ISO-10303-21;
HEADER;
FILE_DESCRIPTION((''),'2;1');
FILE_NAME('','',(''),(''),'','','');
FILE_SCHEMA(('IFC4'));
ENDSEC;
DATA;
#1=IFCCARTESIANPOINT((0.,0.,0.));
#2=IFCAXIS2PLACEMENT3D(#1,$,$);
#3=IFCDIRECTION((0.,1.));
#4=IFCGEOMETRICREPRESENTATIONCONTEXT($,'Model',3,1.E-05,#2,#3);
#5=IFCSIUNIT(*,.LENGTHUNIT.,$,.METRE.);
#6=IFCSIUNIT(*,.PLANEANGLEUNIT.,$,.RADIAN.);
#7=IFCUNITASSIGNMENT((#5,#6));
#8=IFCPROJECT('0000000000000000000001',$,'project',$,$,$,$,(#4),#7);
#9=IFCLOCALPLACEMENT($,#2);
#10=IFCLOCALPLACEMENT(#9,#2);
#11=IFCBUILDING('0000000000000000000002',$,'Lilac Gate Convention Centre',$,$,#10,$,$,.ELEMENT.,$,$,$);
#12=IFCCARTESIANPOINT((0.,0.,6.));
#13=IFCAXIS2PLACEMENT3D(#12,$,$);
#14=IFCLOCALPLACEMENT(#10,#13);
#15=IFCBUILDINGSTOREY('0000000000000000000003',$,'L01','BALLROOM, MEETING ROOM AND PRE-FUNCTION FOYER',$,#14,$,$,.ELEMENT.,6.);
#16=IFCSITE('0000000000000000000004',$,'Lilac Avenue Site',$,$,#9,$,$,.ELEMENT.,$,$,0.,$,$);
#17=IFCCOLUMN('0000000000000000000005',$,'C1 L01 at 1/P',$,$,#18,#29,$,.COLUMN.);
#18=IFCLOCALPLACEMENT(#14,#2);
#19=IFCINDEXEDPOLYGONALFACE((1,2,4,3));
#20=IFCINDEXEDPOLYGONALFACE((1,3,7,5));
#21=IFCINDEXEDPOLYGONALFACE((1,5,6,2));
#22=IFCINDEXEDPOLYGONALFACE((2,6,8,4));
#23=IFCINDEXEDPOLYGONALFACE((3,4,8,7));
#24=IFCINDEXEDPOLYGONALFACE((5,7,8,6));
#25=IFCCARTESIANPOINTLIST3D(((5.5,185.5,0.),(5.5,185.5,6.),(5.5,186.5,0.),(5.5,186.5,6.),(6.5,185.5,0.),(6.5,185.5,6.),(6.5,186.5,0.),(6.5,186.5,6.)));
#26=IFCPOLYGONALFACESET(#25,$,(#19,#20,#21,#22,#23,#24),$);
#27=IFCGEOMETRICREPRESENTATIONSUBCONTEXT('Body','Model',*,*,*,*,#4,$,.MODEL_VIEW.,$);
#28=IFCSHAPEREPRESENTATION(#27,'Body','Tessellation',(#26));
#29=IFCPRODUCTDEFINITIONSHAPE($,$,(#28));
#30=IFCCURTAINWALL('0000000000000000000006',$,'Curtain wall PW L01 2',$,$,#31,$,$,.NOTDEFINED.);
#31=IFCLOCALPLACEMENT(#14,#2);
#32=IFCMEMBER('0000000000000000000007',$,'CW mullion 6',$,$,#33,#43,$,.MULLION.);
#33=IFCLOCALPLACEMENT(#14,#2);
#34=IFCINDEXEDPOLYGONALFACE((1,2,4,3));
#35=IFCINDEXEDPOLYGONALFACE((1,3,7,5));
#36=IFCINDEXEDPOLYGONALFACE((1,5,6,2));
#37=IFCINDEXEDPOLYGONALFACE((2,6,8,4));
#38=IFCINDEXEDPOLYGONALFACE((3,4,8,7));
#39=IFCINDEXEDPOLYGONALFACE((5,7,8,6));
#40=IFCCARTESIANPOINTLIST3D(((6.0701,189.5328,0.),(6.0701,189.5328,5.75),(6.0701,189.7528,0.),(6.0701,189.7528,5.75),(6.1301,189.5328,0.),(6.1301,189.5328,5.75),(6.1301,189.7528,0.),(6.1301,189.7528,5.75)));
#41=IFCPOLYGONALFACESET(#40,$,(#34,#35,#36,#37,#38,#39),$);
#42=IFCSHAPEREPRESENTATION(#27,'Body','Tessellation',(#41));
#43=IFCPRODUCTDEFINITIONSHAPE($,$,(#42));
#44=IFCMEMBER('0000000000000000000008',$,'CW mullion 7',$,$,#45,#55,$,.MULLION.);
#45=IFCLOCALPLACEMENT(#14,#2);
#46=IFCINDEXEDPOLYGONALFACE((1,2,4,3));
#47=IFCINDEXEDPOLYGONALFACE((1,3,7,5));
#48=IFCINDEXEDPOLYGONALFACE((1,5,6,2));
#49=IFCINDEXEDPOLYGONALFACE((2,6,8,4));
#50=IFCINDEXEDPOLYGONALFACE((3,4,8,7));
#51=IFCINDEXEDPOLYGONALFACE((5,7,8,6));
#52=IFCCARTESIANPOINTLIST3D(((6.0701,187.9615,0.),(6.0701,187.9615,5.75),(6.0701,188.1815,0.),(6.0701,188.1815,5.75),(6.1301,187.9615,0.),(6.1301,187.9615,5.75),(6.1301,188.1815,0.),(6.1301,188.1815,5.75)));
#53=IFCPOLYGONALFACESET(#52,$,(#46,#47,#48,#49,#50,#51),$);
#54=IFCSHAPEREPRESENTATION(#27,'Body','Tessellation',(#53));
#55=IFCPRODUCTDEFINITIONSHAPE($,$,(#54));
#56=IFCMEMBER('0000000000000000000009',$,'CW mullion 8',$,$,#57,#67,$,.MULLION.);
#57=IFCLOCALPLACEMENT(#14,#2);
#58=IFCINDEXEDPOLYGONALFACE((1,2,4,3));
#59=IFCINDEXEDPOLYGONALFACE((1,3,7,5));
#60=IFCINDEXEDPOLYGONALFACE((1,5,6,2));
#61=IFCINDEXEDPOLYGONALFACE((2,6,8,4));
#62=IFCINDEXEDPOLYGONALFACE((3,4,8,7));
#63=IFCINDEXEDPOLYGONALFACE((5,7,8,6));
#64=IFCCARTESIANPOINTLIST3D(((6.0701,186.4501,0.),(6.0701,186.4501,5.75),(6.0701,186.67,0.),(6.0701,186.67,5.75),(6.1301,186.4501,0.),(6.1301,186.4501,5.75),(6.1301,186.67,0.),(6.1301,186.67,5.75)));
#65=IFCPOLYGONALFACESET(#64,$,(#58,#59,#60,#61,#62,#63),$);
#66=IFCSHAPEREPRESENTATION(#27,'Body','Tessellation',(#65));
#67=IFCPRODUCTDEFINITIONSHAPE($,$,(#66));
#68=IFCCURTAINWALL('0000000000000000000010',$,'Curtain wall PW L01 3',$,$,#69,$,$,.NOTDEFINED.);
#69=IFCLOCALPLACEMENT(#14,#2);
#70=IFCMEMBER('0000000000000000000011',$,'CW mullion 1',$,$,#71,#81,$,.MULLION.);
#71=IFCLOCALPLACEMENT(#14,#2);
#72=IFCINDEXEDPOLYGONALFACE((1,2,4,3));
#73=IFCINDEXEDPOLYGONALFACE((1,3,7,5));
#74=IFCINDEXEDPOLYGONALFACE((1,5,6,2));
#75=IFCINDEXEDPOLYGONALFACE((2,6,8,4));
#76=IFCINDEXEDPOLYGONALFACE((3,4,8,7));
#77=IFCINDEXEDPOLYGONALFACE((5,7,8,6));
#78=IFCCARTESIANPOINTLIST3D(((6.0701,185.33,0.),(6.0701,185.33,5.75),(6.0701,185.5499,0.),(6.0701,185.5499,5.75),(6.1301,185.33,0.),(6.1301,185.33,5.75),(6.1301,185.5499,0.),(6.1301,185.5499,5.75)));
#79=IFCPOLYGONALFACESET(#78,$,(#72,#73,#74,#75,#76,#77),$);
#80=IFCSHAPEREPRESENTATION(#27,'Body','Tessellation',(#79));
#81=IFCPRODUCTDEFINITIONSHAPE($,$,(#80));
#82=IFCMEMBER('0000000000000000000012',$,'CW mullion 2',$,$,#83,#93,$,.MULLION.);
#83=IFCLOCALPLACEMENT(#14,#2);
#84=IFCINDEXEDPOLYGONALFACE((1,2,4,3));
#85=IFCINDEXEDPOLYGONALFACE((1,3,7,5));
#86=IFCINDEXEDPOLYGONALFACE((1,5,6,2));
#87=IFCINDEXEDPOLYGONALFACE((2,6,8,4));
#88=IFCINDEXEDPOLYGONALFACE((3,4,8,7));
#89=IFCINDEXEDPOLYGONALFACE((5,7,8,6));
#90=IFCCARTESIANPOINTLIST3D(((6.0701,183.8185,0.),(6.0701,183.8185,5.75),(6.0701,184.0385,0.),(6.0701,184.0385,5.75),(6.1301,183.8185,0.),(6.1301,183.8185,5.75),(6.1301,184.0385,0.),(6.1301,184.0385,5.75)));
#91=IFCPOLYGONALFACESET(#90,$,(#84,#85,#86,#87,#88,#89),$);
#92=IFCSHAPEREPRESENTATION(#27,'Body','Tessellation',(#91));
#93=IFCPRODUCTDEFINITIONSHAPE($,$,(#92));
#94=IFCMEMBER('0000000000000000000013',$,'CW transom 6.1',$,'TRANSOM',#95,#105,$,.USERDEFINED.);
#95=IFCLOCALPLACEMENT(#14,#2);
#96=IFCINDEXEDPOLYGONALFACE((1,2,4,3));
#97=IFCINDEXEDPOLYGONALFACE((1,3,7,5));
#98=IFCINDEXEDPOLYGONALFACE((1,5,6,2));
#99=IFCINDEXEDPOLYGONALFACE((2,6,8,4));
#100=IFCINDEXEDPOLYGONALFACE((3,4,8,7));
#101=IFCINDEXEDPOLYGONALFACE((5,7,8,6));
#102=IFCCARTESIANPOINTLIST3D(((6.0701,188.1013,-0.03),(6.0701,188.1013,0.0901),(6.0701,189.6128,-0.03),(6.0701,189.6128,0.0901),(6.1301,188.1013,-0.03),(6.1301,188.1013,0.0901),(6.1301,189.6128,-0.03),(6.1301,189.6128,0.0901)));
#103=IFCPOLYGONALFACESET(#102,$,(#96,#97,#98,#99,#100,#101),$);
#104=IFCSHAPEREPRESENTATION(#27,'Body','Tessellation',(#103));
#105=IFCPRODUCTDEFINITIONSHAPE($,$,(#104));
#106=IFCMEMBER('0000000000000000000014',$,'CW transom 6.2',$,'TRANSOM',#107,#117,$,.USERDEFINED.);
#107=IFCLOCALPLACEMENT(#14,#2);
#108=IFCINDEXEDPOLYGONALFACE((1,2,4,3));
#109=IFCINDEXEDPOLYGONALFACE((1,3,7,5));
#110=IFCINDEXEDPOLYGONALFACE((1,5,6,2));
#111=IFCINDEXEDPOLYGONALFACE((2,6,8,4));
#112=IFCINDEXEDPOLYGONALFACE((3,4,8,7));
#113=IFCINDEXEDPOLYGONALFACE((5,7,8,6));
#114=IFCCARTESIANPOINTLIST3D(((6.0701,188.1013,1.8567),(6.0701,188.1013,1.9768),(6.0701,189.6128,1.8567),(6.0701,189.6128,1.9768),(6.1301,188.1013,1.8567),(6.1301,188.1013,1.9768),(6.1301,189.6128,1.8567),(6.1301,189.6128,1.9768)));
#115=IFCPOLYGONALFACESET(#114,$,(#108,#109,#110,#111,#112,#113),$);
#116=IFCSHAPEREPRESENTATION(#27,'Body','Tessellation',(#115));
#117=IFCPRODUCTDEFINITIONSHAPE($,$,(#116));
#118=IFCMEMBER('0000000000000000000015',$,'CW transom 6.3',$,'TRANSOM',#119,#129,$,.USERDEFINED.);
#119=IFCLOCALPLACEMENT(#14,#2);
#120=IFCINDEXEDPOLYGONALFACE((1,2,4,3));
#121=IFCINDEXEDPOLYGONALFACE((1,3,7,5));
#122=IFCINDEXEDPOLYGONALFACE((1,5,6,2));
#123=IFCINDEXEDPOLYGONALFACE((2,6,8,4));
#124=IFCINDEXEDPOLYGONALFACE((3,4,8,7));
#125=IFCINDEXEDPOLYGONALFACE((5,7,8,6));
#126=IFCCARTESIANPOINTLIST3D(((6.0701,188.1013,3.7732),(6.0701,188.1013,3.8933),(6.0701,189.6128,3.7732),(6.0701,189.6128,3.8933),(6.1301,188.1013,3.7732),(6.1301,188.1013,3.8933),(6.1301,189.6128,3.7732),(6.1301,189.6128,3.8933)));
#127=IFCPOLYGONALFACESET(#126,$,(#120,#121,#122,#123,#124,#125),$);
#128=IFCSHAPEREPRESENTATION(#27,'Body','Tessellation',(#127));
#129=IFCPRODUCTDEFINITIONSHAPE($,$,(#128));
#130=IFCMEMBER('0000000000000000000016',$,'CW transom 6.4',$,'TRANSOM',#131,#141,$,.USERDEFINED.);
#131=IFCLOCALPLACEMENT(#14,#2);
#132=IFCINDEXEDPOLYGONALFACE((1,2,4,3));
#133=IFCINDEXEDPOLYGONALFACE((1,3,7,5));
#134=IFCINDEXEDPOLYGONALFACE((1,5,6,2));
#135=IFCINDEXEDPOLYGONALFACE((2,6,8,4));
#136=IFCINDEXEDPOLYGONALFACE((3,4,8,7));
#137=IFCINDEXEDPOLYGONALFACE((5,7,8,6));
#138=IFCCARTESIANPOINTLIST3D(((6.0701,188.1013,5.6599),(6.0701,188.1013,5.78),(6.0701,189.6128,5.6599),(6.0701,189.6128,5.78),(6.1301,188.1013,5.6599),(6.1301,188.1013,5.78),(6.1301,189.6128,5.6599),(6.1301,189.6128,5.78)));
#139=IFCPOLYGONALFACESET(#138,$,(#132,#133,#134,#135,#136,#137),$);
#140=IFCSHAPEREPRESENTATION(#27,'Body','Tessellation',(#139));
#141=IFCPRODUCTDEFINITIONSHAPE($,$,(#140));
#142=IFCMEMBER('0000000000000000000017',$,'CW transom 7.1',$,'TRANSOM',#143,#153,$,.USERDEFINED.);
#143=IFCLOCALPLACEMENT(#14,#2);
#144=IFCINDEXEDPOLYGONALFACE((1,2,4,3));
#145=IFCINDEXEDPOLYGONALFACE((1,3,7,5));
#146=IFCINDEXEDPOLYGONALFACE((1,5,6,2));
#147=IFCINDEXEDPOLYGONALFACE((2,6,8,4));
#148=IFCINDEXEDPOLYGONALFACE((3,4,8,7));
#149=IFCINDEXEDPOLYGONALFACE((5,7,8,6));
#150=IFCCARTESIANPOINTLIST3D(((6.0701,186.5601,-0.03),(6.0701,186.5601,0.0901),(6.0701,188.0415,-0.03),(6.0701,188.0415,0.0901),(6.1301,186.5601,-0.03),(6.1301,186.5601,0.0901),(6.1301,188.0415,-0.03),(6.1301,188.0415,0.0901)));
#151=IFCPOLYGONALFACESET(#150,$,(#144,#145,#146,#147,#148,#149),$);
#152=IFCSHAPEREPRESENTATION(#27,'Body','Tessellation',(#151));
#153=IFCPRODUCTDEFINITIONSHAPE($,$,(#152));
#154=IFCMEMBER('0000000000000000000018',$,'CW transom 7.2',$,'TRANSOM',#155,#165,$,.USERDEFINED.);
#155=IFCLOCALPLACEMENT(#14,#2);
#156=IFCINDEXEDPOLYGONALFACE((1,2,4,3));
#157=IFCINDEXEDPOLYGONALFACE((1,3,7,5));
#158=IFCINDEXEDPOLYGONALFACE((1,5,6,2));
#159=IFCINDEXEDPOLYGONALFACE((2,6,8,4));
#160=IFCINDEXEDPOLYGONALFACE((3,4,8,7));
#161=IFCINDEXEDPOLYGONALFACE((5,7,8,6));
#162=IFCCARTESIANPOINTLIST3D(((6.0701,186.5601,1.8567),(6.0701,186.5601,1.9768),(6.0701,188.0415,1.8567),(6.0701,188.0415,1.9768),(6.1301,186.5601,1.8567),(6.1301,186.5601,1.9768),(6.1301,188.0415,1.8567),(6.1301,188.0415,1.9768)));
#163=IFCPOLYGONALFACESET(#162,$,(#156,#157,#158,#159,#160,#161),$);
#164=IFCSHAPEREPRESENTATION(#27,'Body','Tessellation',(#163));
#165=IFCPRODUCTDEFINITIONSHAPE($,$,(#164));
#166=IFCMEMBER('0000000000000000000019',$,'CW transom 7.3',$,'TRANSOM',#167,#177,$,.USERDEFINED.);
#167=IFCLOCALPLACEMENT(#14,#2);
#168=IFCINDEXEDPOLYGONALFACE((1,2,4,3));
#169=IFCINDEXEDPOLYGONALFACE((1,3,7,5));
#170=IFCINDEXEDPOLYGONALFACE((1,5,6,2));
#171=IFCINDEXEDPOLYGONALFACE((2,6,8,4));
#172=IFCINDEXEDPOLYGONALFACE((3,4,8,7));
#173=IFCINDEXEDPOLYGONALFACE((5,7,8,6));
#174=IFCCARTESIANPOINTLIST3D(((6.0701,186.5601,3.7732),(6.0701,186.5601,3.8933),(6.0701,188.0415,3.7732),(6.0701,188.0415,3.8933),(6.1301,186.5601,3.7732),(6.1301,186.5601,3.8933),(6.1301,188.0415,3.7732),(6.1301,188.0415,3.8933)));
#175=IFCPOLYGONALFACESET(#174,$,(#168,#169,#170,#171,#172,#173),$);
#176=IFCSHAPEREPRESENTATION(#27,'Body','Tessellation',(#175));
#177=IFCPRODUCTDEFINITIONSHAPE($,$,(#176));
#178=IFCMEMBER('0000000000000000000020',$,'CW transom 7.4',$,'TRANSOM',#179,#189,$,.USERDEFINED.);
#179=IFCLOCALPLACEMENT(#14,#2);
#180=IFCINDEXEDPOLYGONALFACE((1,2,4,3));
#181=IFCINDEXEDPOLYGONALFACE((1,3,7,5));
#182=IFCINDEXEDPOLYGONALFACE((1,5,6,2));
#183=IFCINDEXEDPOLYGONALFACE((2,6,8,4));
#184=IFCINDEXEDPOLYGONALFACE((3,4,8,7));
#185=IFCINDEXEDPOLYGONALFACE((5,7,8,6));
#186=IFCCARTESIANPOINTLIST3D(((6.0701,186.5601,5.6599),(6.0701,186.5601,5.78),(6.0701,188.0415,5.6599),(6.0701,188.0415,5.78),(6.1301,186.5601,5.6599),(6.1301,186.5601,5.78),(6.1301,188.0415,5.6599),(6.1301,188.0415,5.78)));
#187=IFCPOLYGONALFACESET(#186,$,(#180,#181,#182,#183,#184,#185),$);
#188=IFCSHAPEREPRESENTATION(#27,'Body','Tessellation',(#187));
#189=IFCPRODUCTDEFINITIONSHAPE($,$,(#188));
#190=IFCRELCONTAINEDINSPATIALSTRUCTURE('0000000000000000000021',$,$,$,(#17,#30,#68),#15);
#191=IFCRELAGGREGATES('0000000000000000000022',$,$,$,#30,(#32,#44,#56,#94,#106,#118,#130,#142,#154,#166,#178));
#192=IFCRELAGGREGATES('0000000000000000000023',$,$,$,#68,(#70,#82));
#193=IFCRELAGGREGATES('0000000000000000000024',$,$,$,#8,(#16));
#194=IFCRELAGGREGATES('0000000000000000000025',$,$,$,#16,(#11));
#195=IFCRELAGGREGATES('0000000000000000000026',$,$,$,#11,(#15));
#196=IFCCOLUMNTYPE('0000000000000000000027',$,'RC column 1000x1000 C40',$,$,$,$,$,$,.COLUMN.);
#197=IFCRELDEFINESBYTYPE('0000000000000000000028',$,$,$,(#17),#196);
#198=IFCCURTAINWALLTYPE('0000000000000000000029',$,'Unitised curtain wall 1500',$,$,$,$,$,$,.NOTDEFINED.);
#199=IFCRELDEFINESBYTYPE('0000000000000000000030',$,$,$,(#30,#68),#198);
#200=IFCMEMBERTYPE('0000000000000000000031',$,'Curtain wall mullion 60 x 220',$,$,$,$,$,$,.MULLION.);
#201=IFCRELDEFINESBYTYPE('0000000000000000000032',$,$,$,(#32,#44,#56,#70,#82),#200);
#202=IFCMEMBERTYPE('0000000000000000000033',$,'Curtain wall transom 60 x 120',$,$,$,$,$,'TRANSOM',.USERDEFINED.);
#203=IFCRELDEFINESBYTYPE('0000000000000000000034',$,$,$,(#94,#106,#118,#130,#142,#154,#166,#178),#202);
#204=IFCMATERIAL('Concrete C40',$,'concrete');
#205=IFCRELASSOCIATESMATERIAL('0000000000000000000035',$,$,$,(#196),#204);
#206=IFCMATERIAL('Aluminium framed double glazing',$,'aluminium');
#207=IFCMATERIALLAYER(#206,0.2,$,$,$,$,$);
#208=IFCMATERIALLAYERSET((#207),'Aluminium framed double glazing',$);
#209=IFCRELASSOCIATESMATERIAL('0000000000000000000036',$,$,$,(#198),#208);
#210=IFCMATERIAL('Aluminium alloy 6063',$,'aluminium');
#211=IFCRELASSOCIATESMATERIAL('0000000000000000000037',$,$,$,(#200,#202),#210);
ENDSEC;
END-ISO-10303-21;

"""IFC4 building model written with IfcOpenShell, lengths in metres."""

from ifc_helpers import new_model, si_unit, direction, frame, origin, origin_2d, place, context, subcontext, project, spatial, rectangle, extrude, material, layer, layer_set, material_profile, profile_set, type_object, element, aggregate, save


model = new_model("IFC4")

# Units and contexts
model_context = context("Model", 3, precision=1e-05, world=origin(), true_north=direction((0.0, 1.0)))
body_context = subcontext(model_context, "Body", "Model", "MODEL_VIEW")
ifc_project = project(units=[si_unit("LENGTHUNIT", "METRE"), si_unit("PLANEANGLEUNIT", "RADIAN")], contexts=[model_context])

# Site, building, storey
site_placement = place(None, origin())
site = spatial("IfcSite", under=ifc_project, at=site_placement, Name="Lilac Avenue Site", CompositionType="ELEMENT", RefElevation=0.0)
building_placement = place(site_placement, origin())
building = spatial("IfcBuilding", under=site, at=building_placement, Name="Lilac Gate Convention Centre", CompositionType="ELEMENT")
storey_placement = place(building_placement, frame((0.0, 0.0, 6.0)))
storey = spatial("IfcBuildingStorey", under=building, at=storey_placement, Name="L01", Description="BALLROOM, MEETING ROOM AND PRE-FUNCTION FOYER", CompositionType="ELEMENT", Elevation=6.0)

# Column
ifc_material_1 = material(Name="Concrete C40", Category="concrete")
ifc_material_profile_1 = material_profile(ifc_material_1, rectangle(XDim=1.0, YDim=1.0, at=origin_2d()), Name="RC 1000x1000")
ifc_profile_set_1 = profile_set([ifc_material_profile_1], Name="Concrete C40")
column_type = type_object("IfcColumnType", Name="RC column 1000x1000 C40", PredefinedType="COLUMN", material=ifc_profile_set_1)
column_placement = place(storey_placement, frame((6.0, 186.0, 0.0), z_axis=(0.0, 0.0, 1.0), x_axis=(1.0, 0.0, 0.0)))
element("IfcColumn", 1, at=column_placement, inside=storey, type_object=column_type, Name="C1 L01 at 1/P", PredefinedType="COLUMN", context=body_context, shape_type="SweptSolid", body=[
    extrude(rectangle(XDim=1.0, YDim=1.0, at=origin_2d()), origin(), (0.0, 0.0, 1.0), 6.0),
])

# Curtain walls, members
ifc_material_2 = material(Name="Aluminium framed double glazing", Category="aluminium")
ifc_layer_1 = layer(ifc_material_2, 0.2)
ifc_layer_set_1 = layer_set([ifc_layer_1], Name="Aluminium framed double glazing")
curtain_wall_type = type_object("IfcCurtainWallType", Name="Unitised curtain wall 1500", PredefinedType="NOTDEFINED", material=ifc_layer_set_1)
curtain_wall_1_placement = place(storey_placement, origin())
curtain_wall_1 = element("IfcCurtainWall", 2, at=curtain_wall_1_placement, inside=storey, type_object=curtain_wall_type, Name="Curtain wall PW L01 2", PredefinedType="NOTDEFINED")
ifc_material_3 = material(Name="Aluminium alloy 6063", Category="aluminium")
ifc_material_profile_2 = material_profile(ifc_material_3, rectangle(XDim=0.0601, YDim=0.22, at=origin_2d()), Name="Curtain wall mullion 60 x 220")
ifc_profile_set_2 = profile_set([ifc_material_profile_2], Name="Aluminium alloy 6063")
member_type_1 = type_object("IfcMemberType", Name="Curtain wall mullion 60 x 220", PredefinedType="MULLION", material=ifc_profile_set_2)
member_1_placement = place(storey_placement, frame((6.1001, 189.6428, 0.0), z_axis=(0.0, 0.0, 1.0), x_axis=(1.0, 0.0, 0.0)))
member_1 = element("IfcMember", 3, at=member_1_placement, type_object=member_type_1, Name="CW mullion 6", PredefinedType="MULLION", context=body_context, shape_type="SweptSolid", body=[
    extrude(rectangle(XDim=0.0601, YDim=0.22, at=origin_2d()), origin(), (0.0, 0.0, 1.0), 5.75),
])
member_2_placement = place(storey_placement, frame((6.1001, 188.0715, 0.0), z_axis=(0.0, 0.0, 1.0), x_axis=(1.0, 0.0, 0.0)))
member_2 = element("IfcMember", 4, at=member_2_placement, type_object=member_type_1, Name="CW mullion 7", PredefinedType="MULLION", context=body_context, shape_type="SweptSolid", body=[
    extrude(rectangle(XDim=0.0601, YDim=0.22, at=origin_2d()), origin(), (0.0, 0.0, 1.0), 5.75),
])
member_3_placement = place(storey_placement, frame((6.1001, 186.5601, 0.0), z_axis=(0.0, 0.0, 1.0), x_axis=(1.0, 0.0, 0.0)))
member_3 = element("IfcMember", 5, at=member_3_placement, type_object=member_type_1, Name="CW mullion 8", PredefinedType="MULLION", context=body_context, shape_type="SweptSolid", body=[
    extrude(rectangle(XDim=0.0601, YDim=0.22, at=origin_2d()), origin(), (0.0, 0.0, 1.0), 5.75),
])
curtain_wall_2_placement = place(storey_placement, origin())
curtain_wall_2 = element("IfcCurtainWall", 6, at=curtain_wall_2_placement, inside=storey, type_object=curtain_wall_type, Name="Curtain wall PW L01 3", PredefinedType="NOTDEFINED")
member_4_placement = place(storey_placement, frame((6.1001, 185.4399, 0.0), z_axis=(0.0, 0.0, 1.0), x_axis=(1.0, 0.0, 0.0)))
member_4 = element("IfcMember", 7, at=member_4_placement, type_object=member_type_1, Name="CW mullion 1", PredefinedType="MULLION", context=body_context, shape_type="SweptSolid", body=[
    extrude(rectangle(XDim=0.0601, YDim=0.22, at=origin_2d()), origin(), (0.0, 0.0, 1.0), 5.75),
])
member_5_placement = place(storey_placement, frame((6.1001, 183.9285, 0.0), z_axis=(0.0, 0.0, 1.0), x_axis=(1.0, 0.0, 0.0)))
member_5 = element("IfcMember", 8, at=member_5_placement, type_object=member_type_1, Name="CW mullion 2", PredefinedType="MULLION", context=body_context, shape_type="SweptSolid", body=[
    extrude(rectangle(XDim=0.0601, YDim=0.22, at=origin_2d()), origin(), (0.0, 0.0, 1.0), 5.75),
])

# Members
ifc_material_profile_3 = material_profile(ifc_material_3, rectangle(XDim=0.0601, YDim=0.1201, at=origin_2d()), Name="Curtain wall transom 60 x 120")
ifc_profile_set_3 = profile_set([ifc_material_profile_3], Name="Aluminium alloy 6063")
member_type_2 = type_object("IfcMemberType", Name="Curtain wall transom 60 x 120", ElementType="TRANSOM", PredefinedType="USERDEFINED", material=ifc_profile_set_3)
member_6_placement = place(storey_placement, frame((6.1001, 189.6128, 0.03), z_axis=(0.0, -1.0, 0.0), x_axis=(1.0, 0.0, 0.0)))
member_6 = element("IfcMember", 9, at=member_6_placement, type_object=member_type_2, Name="CW transom 6.1", ObjectType="TRANSOM", PredefinedType="USERDEFINED", context=body_context, shape_type="SweptSolid", body=[
    extrude(rectangle(XDim=0.0601, YDim=0.1201, at=origin_2d()), origin(), (0.0, 0.0, 1.0), 1.5115),
])
member_7_placement = place(storey_placement, frame((6.1001, 189.6128, 1.9167), z_axis=(0.0, -1.0, 0.0), x_axis=(1.0, 0.0, 0.0)))
member_7 = element("IfcMember", 10, at=member_7_placement, type_object=member_type_2, Name="CW transom 6.2", ObjectType="TRANSOM", PredefinedType="USERDEFINED", context=body_context, shape_type="SweptSolid", body=[
    extrude(rectangle(XDim=0.0601, YDim=0.1201, at=origin_2d()), origin(), (0.0, 0.0, 1.0), 1.5115),
])
member_8_placement = place(storey_placement, frame((6.1001, 189.6128, 3.8333), z_axis=(0.0, -1.0, 0.0), x_axis=(1.0, 0.0, 0.0)))
member_8 = element("IfcMember", 11, at=member_8_placement, type_object=member_type_2, Name="CW transom 6.3", ObjectType="TRANSOM", PredefinedType="USERDEFINED", context=body_context, shape_type="SweptSolid", body=[
    extrude(rectangle(XDim=0.0601, YDim=0.1201, at=origin_2d()), origin(), (0.0, 0.0, 1.0), 1.5115),
])
member_9_placement = place(storey_placement, frame((6.1001, 189.6128, 5.72), z_axis=(0.0, -1.0, 0.0), x_axis=(1.0, 0.0, 0.0)))
member_9 = element("IfcMember", 12, at=member_9_placement, type_object=member_type_2, Name="CW transom 6.4", ObjectType="TRANSOM", PredefinedType="USERDEFINED", context=body_context, shape_type="SweptSolid", body=[
    extrude(rectangle(XDim=0.0601, YDim=0.1201, at=origin_2d()), origin(), (0.0, 0.0, 1.0), 1.5115),
])
member_10_placement = place(storey_placement, frame((6.1001, 188.0415, 0.03), z_axis=(0.0, -1.0, 0.0), x_axis=(1.0, 0.0, 0.0)))
member_10 = element("IfcMember", 13, at=member_10_placement, type_object=member_type_2, Name="CW transom 7.1", ObjectType="TRANSOM", PredefinedType="USERDEFINED", context=body_context, shape_type="SweptSolid", body=[
    extrude(rectangle(XDim=0.0601, YDim=0.1201, at=origin_2d()), origin(), (0.0, 0.0, 1.0), 1.4814),
])
member_11_placement = place(storey_placement, frame((6.1001, 188.0415, 1.9167), z_axis=(0.0, -1.0, 0.0), x_axis=(1.0, 0.0, 0.0)))
member_11 = element("IfcMember", 14, at=member_11_placement, type_object=member_type_2, Name="CW transom 7.2", ObjectType="TRANSOM", PredefinedType="USERDEFINED", context=body_context, shape_type="SweptSolid", body=[
    extrude(rectangle(XDim=0.0601, YDim=0.1201, at=origin_2d()), origin(), (0.0, 0.0, 1.0), 1.4814),
])
member_12_placement = place(storey_placement, frame((6.1001, 188.0415, 3.8333), z_axis=(0.0, -1.0, 0.0), x_axis=(1.0, 0.0, 0.0)))
member_12 = element("IfcMember", 15, at=member_12_placement, type_object=member_type_2, Name="CW transom 7.3", ObjectType="TRANSOM", PredefinedType="USERDEFINED", context=body_context, shape_type="SweptSolid", body=[
    extrude(rectangle(XDim=0.0601, YDim=0.1201, at=origin_2d()), origin(), (0.0, 0.0, 1.0), 1.4814),
])
member_13_placement = place(storey_placement, frame((6.1001, 188.0415, 5.72), z_axis=(0.0, -1.0, 0.0), x_axis=(1.0, 0.0, 0.0)))
member_13 = element("IfcMember", 16, at=member_13_placement, type_object=member_type_2, Name="CW transom 7.4", ObjectType="TRANSOM", PredefinedType="USERDEFINED", context=body_context, shape_type="SweptSolid", body=[
    extrude(rectangle(XDim=0.0601, YDim=0.1201, at=origin_2d()), origin(), (0.0, 0.0, 1.0), 1.4814),
])

aggregate(curtain_wall_1, [member_1, member_2, member_3, member_6, member_7, member_8, member_9, member_10, member_11, member_12, member_13])
aggregate(curtain_wall_2, [member_4, member_5])

save(model, "model.ifc")
